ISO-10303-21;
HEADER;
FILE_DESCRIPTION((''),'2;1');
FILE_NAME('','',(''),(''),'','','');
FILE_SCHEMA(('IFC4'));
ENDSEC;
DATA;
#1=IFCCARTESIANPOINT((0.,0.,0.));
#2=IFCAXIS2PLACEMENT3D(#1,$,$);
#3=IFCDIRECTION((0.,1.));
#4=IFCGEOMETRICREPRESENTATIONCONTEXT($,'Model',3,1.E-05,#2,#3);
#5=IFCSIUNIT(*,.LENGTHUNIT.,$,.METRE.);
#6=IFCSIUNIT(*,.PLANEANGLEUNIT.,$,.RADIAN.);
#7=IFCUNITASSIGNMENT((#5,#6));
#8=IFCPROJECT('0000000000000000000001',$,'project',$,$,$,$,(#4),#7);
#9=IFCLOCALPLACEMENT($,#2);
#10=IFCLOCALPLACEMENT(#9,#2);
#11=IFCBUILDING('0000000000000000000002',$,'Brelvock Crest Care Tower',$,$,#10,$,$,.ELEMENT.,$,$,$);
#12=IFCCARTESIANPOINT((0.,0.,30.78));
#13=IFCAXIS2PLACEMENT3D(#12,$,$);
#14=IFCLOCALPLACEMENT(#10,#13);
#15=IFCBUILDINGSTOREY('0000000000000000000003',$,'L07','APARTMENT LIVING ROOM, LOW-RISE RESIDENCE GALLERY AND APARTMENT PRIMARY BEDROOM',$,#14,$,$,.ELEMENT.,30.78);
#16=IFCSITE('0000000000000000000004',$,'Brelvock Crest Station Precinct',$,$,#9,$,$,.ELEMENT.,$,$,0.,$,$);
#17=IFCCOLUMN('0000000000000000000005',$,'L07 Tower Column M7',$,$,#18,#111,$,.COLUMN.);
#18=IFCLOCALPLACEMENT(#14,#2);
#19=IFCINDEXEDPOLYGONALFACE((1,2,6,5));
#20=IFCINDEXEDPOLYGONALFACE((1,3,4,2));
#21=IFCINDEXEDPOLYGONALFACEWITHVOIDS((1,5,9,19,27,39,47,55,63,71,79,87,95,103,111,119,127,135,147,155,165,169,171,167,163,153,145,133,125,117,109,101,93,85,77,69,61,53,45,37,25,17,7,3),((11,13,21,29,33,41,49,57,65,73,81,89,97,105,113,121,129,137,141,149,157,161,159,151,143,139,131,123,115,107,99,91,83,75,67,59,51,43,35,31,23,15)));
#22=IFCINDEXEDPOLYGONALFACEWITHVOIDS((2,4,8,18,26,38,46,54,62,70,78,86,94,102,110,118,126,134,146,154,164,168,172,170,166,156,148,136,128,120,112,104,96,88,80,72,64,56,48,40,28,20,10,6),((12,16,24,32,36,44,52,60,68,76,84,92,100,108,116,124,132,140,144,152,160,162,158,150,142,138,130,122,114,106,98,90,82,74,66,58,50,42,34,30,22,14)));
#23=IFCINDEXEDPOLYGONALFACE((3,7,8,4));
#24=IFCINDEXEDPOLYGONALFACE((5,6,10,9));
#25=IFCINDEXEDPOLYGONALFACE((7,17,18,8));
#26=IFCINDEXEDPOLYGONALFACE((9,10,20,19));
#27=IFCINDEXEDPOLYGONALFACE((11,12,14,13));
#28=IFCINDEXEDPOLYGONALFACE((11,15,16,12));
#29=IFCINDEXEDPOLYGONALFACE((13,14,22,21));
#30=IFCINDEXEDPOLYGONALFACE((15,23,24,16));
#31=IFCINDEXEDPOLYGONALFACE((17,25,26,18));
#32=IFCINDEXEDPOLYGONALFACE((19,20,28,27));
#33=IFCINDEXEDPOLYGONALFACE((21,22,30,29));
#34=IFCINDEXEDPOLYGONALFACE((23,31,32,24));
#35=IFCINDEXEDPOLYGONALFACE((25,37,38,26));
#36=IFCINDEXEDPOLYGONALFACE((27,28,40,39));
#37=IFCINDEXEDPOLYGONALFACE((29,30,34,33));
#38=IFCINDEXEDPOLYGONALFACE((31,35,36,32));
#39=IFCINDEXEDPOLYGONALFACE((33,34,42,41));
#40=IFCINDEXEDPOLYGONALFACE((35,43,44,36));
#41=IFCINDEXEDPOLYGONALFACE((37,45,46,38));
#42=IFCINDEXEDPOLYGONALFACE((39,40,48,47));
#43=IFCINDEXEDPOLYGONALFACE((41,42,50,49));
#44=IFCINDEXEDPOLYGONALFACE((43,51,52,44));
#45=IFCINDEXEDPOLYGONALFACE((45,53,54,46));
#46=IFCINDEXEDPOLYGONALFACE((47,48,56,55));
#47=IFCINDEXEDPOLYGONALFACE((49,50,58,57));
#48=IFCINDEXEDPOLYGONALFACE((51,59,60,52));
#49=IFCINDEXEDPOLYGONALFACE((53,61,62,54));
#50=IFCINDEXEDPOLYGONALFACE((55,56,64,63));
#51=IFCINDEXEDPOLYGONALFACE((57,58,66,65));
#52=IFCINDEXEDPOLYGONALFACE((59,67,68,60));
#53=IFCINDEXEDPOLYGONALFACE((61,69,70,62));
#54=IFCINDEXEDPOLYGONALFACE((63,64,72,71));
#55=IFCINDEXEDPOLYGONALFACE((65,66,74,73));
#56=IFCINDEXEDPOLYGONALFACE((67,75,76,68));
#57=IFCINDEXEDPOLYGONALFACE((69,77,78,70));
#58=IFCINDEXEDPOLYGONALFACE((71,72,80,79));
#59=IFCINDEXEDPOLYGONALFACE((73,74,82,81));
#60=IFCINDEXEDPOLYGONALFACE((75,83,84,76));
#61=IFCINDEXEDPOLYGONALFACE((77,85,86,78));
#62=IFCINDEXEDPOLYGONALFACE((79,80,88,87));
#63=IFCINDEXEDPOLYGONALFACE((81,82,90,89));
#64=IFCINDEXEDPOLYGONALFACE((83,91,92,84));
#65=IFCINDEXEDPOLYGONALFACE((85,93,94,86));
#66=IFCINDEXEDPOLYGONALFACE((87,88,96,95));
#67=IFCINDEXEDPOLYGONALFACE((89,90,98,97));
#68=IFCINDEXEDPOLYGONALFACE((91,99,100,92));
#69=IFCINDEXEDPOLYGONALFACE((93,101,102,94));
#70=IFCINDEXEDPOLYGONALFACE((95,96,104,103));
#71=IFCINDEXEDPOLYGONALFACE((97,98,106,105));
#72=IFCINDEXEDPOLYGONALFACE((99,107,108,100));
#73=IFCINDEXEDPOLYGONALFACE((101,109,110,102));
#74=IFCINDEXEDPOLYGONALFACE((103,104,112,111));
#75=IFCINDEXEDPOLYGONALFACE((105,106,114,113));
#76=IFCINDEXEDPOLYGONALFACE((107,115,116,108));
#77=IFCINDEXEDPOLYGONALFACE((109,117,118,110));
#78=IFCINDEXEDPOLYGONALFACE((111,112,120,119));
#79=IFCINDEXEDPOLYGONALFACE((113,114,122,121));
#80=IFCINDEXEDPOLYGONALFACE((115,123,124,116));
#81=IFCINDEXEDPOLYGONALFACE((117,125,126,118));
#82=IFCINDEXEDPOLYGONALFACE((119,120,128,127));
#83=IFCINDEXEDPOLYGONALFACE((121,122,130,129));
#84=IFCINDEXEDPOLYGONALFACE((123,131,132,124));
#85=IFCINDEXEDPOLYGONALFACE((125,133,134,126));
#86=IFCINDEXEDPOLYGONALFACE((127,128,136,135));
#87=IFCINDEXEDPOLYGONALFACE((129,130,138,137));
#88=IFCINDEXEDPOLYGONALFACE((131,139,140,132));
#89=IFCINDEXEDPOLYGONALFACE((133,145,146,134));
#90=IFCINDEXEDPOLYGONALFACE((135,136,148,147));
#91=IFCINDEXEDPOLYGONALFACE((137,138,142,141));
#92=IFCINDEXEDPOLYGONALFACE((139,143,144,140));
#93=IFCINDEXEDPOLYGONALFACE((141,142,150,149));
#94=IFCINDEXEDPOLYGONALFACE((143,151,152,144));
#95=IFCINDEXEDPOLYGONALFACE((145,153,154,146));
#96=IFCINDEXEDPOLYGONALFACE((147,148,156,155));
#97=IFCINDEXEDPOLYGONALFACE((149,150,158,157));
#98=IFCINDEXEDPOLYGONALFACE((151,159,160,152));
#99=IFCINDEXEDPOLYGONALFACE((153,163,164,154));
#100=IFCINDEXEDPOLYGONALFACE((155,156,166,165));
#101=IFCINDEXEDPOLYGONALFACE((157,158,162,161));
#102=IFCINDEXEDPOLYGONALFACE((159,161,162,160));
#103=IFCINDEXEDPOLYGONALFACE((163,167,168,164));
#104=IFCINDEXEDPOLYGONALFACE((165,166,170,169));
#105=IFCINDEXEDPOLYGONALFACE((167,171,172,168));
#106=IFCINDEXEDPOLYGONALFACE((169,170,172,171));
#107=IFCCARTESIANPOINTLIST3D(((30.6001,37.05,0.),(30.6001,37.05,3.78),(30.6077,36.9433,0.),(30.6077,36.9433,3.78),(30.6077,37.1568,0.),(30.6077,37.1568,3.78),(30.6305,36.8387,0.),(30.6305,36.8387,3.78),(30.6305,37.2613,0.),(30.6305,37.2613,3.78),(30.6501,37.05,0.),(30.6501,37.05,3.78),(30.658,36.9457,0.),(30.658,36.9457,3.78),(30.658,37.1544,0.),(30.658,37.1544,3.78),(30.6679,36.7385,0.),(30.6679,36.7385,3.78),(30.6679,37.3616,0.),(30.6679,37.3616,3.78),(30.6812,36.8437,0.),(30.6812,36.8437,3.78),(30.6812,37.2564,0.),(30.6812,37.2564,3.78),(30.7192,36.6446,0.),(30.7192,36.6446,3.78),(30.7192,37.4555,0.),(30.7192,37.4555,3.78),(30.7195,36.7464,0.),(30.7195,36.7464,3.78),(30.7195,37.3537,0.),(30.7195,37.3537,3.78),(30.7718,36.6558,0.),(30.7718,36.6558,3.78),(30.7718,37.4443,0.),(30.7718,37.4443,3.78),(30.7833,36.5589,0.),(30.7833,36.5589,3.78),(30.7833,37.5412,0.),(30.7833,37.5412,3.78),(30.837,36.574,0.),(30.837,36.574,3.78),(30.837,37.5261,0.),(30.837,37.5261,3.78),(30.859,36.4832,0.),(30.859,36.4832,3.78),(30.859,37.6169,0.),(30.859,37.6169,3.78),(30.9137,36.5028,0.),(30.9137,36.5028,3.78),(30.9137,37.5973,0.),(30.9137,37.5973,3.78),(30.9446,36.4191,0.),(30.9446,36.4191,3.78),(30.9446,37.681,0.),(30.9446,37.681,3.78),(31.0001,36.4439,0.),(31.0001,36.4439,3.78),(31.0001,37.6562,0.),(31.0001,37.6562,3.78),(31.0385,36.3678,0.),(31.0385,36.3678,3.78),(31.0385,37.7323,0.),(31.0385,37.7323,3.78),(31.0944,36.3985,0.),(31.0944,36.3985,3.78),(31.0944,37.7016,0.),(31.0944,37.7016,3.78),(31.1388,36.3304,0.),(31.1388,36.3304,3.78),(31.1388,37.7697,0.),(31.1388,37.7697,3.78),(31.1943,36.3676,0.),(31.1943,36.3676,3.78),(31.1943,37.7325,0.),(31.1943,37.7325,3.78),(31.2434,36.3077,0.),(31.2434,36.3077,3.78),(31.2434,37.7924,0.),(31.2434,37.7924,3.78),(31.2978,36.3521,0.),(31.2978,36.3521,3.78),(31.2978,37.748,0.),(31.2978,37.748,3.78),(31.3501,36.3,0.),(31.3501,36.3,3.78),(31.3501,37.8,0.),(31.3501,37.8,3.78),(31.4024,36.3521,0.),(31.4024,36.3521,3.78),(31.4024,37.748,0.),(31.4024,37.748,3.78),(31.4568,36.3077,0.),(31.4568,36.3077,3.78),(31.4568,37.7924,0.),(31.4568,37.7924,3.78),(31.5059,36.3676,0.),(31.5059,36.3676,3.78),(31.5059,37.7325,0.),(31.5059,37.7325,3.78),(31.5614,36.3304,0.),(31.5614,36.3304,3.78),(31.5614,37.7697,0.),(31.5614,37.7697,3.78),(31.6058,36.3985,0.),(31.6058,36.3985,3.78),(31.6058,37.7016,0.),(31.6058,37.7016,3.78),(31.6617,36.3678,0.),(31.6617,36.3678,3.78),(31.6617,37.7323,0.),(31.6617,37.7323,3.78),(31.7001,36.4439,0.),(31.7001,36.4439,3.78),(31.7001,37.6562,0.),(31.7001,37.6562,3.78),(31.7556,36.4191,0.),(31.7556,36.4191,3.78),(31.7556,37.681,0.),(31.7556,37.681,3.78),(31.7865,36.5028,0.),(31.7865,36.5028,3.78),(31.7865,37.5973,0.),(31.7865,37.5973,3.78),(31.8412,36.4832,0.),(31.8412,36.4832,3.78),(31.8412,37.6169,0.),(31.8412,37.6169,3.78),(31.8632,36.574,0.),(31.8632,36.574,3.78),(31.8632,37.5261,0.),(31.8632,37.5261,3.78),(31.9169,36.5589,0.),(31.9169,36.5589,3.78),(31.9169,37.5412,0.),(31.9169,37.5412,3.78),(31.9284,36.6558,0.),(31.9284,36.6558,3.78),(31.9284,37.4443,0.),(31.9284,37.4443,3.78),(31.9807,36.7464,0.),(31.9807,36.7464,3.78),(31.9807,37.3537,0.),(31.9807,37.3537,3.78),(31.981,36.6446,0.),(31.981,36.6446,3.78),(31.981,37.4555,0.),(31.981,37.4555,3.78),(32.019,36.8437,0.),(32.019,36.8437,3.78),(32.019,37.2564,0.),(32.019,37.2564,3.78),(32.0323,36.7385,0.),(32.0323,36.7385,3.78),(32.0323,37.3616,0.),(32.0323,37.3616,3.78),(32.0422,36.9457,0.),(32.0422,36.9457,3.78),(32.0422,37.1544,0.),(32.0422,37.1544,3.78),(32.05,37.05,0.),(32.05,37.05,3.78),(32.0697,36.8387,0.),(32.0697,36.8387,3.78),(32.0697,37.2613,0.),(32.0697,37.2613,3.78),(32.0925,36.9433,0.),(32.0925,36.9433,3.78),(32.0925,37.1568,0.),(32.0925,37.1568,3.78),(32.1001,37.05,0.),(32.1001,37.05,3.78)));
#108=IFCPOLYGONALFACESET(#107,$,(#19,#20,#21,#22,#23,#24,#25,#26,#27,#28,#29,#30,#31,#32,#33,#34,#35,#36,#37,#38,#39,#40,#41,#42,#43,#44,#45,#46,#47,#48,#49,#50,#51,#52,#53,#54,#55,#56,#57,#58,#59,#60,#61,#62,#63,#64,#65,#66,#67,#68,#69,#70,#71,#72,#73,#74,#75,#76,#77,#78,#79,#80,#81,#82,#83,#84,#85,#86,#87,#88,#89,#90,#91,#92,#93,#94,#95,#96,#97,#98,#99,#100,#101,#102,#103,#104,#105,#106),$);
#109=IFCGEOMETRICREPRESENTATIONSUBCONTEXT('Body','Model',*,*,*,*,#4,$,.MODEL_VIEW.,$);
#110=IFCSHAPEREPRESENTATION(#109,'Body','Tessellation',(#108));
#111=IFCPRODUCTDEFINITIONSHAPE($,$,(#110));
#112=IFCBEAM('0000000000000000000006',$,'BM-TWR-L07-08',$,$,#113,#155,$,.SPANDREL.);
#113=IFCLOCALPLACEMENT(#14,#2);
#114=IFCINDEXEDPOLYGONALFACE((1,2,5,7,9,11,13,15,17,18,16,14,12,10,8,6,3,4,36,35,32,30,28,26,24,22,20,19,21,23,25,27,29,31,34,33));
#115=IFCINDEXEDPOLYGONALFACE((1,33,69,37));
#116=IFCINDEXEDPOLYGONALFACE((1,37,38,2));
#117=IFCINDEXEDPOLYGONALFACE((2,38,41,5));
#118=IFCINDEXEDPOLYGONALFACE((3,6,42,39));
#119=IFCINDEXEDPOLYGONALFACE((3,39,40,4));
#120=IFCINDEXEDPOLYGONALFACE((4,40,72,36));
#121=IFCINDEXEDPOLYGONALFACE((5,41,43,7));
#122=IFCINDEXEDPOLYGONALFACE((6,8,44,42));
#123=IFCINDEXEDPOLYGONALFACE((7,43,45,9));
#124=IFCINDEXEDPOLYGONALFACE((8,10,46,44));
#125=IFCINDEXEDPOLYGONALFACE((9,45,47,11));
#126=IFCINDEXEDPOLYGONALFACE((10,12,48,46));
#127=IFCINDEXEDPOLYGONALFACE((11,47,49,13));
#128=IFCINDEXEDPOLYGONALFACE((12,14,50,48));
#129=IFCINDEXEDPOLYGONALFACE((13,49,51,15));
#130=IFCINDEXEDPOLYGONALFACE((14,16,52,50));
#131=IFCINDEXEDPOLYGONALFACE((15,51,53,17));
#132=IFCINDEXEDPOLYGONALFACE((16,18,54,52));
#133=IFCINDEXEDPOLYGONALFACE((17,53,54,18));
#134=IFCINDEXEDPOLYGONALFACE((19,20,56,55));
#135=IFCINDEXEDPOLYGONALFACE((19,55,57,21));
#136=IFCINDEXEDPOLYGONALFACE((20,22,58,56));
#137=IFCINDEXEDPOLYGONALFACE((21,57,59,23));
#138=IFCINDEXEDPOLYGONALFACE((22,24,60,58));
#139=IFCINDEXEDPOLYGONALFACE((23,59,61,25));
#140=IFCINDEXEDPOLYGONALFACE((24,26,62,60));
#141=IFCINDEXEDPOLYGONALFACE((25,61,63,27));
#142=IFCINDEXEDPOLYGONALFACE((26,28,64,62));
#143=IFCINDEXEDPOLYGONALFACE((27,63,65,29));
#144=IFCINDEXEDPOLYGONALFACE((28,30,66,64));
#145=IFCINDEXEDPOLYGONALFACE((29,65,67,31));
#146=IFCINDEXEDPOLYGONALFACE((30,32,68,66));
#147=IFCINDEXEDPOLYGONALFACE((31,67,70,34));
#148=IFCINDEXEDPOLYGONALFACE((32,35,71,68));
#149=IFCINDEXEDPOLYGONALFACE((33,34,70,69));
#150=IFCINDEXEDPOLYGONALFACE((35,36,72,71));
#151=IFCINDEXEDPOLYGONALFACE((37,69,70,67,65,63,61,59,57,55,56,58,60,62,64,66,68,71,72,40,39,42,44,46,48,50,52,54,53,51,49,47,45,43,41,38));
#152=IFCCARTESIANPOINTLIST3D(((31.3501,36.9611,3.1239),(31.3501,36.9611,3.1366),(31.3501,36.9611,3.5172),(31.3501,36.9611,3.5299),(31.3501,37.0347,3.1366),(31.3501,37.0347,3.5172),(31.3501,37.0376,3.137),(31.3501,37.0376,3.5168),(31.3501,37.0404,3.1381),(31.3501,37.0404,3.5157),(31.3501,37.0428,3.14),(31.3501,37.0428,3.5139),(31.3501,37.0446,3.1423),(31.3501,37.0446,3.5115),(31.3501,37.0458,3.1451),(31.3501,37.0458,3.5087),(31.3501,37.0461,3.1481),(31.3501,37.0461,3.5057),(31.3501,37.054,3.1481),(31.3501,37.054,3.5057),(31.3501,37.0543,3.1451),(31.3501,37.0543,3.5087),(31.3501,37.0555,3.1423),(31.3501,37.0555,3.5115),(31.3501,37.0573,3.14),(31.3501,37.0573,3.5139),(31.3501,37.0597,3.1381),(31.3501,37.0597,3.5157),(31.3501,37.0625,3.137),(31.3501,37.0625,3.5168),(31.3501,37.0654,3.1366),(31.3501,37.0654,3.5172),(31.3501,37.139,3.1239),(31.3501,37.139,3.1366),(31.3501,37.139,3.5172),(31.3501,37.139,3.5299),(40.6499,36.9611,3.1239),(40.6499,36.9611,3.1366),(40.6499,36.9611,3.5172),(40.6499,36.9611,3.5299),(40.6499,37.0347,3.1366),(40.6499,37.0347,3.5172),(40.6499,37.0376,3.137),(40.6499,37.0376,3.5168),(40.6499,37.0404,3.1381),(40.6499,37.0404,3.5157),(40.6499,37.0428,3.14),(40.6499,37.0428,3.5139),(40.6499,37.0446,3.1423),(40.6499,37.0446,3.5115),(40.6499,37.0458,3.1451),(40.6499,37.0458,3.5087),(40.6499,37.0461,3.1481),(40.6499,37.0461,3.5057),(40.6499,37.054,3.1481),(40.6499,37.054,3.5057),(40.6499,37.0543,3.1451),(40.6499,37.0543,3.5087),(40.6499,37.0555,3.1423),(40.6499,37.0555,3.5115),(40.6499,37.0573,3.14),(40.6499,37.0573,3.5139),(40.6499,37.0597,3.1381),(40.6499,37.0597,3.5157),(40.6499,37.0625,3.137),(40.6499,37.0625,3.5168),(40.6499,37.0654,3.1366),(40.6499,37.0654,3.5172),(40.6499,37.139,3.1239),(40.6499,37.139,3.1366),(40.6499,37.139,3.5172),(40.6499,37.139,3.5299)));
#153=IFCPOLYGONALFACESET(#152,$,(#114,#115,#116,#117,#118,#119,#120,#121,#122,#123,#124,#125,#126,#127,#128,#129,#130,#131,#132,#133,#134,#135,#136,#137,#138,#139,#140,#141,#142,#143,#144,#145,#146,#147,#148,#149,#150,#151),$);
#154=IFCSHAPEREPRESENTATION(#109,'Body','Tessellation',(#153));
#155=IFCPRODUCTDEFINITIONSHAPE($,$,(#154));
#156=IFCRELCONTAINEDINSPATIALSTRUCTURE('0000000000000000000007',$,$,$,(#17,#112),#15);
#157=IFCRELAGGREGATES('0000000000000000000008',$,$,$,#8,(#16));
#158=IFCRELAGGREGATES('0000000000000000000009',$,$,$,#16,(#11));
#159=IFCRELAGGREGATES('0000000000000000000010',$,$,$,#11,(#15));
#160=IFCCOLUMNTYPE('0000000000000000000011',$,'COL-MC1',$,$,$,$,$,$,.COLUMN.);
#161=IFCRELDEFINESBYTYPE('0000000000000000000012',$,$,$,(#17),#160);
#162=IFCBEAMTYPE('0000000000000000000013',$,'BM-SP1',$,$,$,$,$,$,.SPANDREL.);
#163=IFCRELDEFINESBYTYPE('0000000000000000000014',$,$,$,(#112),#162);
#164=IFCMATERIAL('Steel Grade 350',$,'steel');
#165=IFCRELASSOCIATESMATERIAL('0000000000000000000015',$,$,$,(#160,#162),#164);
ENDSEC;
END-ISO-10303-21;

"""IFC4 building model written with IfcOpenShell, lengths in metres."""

from ifc_helpers import new_model, si_unit, direction, frame, origin, origin_2d, place, context, subcontext, project, spatial, hollow_circle, i_section, extrude, source, transform, mapped, material, material_profile, profile_set, type_object, element, save


model = new_model("IFC4")

# Units and contexts
model_context = context("Model", 3, precision=1e-05, world=origin(), true_north=direction((0.0, 1.0)))
body_context = subcontext(model_context, "Body", "Model", "MODEL_VIEW")
ifc_project = project(units=[si_unit("LENGTHUNIT", "METRE"), si_unit("PLANEANGLEUNIT", "RADIAN")], contexts=[model_context])

# Site, building, storey
site_placement = place(None, origin())
site = spatial("IfcSite", under=ifc_project, at=site_placement, Name="Brelvock Crest Station Precinct", CompositionType="ELEMENT", RefElevation=0.0)
building_placement = place(site_placement, origin())
building = spatial("IfcBuilding", under=site, at=building_placement, Name="Brelvock Crest Care Tower", CompositionType="ELEMENT")
storey_placement = place(building_placement, frame((0.0, 0.0, 30.78)))
storey = spatial("IfcBuildingStorey", under=building, at=storey_placement, Name="L07", Description="APARTMENT LIVING ROOM, LOW-RISE RESIDENCE GALLERY AND APARTMENT PRIMARY BEDROOM", CompositionType="ELEMENT", Elevation=30.78)

# Column
ifc_material_1 = material(Name="Steel Grade 350", Category="steel")
ifc_material_profile_1 = material_profile(ifc_material_1, hollow_circle(Radius=0.75, WallThickness=0.05, at=origin_2d()), Name="CFT1500x50")
ifc_profile_set_1 = profile_set([ifc_material_profile_1], Name="Steel Grade 350")
column_type = type_object("IfcColumnType", Name="COL-MC1", PredefinedType="COLUMN", material=ifc_profile_set_1)
shared_shape_1 = source(origin(), body_context, "Body", "SweptSolid", [
    extrude(hollow_circle(Radius=0.75, WallThickness=0.05, at=origin_2d()), origin(), (0.0, 0.0, 1.0), 3.78),
])
column_placement = place(storey_placement, frame((31.3501, 37.05, 0.0), z_axis=(0.0, 0.0, 1.0), x_axis=(1.0, 0.0, 0.0)))
element("IfcColumn", 1, at=column_placement, inside=storey, type_object=column_type, Name="L07 Tower Column M7", PredefinedType="COLUMN", context=body_context, shape_type="MappedRepresentation", body=[
    mapped(shared_shape_1, transform((0.0, 0.0, 0.0), x_axis=(1.0, 0.0, 0.0), y_axis=(0.0, 1.0, 0.0), z_axis=(0.0, 0.0, 1.0), scale=1.0)),
])

# Beam
ifc_material_profile_2 = material_profile(ifc_material_1, i_section(OverallWidth=0.178, OverallDepth=0.406, WebThickness=0.0078, FlangeThickness=0.0127, FilletRadius=0.0115, at=origin_2d()), Name="410UB59.7")
ifc_profile_set_2 = profile_set([ifc_material_profile_2], Name="Steel Grade 350")
beam_type_1 = type_object("IfcBeamType", Name="BM-SP1", PredefinedType="SPANDREL", material=ifc_profile_set_2)
shared_shape_2 = source(origin(), body_context, "Body", "SweptSolid", [
    extrude(i_section(OverallWidth=0.178, OverallDepth=0.406, WebThickness=0.0078, FlangeThickness=0.0127, FilletRadius=0.0115, at=origin_2d()), origin(), (0.0, 0.0, 1.0), 9.2998),
])
beam_placement = place(storey_placement, frame((31.3501, 37.05, 3.3269), z_axis=(1.0, 0.0, 0.0), x_axis=(0.0, 1.0, 0.0)))
element("IfcBeam", 2, at=beam_placement, inside=storey, type_object=beam_type_1, Name="BM-TWR-L07-08", PredefinedType="SPANDREL", context=body_context, shape_type="MappedRepresentation", body=[
    mapped(shared_shape_2, transform((0.0, 0.0, 0.0), x_axis=(1.0, 0.0, 0.0), y_axis=(0.0, 1.0, 0.0), z_axis=(0.0, 0.0, 1.0), scale=1.0)),
])

save(model, "model.ifc")
